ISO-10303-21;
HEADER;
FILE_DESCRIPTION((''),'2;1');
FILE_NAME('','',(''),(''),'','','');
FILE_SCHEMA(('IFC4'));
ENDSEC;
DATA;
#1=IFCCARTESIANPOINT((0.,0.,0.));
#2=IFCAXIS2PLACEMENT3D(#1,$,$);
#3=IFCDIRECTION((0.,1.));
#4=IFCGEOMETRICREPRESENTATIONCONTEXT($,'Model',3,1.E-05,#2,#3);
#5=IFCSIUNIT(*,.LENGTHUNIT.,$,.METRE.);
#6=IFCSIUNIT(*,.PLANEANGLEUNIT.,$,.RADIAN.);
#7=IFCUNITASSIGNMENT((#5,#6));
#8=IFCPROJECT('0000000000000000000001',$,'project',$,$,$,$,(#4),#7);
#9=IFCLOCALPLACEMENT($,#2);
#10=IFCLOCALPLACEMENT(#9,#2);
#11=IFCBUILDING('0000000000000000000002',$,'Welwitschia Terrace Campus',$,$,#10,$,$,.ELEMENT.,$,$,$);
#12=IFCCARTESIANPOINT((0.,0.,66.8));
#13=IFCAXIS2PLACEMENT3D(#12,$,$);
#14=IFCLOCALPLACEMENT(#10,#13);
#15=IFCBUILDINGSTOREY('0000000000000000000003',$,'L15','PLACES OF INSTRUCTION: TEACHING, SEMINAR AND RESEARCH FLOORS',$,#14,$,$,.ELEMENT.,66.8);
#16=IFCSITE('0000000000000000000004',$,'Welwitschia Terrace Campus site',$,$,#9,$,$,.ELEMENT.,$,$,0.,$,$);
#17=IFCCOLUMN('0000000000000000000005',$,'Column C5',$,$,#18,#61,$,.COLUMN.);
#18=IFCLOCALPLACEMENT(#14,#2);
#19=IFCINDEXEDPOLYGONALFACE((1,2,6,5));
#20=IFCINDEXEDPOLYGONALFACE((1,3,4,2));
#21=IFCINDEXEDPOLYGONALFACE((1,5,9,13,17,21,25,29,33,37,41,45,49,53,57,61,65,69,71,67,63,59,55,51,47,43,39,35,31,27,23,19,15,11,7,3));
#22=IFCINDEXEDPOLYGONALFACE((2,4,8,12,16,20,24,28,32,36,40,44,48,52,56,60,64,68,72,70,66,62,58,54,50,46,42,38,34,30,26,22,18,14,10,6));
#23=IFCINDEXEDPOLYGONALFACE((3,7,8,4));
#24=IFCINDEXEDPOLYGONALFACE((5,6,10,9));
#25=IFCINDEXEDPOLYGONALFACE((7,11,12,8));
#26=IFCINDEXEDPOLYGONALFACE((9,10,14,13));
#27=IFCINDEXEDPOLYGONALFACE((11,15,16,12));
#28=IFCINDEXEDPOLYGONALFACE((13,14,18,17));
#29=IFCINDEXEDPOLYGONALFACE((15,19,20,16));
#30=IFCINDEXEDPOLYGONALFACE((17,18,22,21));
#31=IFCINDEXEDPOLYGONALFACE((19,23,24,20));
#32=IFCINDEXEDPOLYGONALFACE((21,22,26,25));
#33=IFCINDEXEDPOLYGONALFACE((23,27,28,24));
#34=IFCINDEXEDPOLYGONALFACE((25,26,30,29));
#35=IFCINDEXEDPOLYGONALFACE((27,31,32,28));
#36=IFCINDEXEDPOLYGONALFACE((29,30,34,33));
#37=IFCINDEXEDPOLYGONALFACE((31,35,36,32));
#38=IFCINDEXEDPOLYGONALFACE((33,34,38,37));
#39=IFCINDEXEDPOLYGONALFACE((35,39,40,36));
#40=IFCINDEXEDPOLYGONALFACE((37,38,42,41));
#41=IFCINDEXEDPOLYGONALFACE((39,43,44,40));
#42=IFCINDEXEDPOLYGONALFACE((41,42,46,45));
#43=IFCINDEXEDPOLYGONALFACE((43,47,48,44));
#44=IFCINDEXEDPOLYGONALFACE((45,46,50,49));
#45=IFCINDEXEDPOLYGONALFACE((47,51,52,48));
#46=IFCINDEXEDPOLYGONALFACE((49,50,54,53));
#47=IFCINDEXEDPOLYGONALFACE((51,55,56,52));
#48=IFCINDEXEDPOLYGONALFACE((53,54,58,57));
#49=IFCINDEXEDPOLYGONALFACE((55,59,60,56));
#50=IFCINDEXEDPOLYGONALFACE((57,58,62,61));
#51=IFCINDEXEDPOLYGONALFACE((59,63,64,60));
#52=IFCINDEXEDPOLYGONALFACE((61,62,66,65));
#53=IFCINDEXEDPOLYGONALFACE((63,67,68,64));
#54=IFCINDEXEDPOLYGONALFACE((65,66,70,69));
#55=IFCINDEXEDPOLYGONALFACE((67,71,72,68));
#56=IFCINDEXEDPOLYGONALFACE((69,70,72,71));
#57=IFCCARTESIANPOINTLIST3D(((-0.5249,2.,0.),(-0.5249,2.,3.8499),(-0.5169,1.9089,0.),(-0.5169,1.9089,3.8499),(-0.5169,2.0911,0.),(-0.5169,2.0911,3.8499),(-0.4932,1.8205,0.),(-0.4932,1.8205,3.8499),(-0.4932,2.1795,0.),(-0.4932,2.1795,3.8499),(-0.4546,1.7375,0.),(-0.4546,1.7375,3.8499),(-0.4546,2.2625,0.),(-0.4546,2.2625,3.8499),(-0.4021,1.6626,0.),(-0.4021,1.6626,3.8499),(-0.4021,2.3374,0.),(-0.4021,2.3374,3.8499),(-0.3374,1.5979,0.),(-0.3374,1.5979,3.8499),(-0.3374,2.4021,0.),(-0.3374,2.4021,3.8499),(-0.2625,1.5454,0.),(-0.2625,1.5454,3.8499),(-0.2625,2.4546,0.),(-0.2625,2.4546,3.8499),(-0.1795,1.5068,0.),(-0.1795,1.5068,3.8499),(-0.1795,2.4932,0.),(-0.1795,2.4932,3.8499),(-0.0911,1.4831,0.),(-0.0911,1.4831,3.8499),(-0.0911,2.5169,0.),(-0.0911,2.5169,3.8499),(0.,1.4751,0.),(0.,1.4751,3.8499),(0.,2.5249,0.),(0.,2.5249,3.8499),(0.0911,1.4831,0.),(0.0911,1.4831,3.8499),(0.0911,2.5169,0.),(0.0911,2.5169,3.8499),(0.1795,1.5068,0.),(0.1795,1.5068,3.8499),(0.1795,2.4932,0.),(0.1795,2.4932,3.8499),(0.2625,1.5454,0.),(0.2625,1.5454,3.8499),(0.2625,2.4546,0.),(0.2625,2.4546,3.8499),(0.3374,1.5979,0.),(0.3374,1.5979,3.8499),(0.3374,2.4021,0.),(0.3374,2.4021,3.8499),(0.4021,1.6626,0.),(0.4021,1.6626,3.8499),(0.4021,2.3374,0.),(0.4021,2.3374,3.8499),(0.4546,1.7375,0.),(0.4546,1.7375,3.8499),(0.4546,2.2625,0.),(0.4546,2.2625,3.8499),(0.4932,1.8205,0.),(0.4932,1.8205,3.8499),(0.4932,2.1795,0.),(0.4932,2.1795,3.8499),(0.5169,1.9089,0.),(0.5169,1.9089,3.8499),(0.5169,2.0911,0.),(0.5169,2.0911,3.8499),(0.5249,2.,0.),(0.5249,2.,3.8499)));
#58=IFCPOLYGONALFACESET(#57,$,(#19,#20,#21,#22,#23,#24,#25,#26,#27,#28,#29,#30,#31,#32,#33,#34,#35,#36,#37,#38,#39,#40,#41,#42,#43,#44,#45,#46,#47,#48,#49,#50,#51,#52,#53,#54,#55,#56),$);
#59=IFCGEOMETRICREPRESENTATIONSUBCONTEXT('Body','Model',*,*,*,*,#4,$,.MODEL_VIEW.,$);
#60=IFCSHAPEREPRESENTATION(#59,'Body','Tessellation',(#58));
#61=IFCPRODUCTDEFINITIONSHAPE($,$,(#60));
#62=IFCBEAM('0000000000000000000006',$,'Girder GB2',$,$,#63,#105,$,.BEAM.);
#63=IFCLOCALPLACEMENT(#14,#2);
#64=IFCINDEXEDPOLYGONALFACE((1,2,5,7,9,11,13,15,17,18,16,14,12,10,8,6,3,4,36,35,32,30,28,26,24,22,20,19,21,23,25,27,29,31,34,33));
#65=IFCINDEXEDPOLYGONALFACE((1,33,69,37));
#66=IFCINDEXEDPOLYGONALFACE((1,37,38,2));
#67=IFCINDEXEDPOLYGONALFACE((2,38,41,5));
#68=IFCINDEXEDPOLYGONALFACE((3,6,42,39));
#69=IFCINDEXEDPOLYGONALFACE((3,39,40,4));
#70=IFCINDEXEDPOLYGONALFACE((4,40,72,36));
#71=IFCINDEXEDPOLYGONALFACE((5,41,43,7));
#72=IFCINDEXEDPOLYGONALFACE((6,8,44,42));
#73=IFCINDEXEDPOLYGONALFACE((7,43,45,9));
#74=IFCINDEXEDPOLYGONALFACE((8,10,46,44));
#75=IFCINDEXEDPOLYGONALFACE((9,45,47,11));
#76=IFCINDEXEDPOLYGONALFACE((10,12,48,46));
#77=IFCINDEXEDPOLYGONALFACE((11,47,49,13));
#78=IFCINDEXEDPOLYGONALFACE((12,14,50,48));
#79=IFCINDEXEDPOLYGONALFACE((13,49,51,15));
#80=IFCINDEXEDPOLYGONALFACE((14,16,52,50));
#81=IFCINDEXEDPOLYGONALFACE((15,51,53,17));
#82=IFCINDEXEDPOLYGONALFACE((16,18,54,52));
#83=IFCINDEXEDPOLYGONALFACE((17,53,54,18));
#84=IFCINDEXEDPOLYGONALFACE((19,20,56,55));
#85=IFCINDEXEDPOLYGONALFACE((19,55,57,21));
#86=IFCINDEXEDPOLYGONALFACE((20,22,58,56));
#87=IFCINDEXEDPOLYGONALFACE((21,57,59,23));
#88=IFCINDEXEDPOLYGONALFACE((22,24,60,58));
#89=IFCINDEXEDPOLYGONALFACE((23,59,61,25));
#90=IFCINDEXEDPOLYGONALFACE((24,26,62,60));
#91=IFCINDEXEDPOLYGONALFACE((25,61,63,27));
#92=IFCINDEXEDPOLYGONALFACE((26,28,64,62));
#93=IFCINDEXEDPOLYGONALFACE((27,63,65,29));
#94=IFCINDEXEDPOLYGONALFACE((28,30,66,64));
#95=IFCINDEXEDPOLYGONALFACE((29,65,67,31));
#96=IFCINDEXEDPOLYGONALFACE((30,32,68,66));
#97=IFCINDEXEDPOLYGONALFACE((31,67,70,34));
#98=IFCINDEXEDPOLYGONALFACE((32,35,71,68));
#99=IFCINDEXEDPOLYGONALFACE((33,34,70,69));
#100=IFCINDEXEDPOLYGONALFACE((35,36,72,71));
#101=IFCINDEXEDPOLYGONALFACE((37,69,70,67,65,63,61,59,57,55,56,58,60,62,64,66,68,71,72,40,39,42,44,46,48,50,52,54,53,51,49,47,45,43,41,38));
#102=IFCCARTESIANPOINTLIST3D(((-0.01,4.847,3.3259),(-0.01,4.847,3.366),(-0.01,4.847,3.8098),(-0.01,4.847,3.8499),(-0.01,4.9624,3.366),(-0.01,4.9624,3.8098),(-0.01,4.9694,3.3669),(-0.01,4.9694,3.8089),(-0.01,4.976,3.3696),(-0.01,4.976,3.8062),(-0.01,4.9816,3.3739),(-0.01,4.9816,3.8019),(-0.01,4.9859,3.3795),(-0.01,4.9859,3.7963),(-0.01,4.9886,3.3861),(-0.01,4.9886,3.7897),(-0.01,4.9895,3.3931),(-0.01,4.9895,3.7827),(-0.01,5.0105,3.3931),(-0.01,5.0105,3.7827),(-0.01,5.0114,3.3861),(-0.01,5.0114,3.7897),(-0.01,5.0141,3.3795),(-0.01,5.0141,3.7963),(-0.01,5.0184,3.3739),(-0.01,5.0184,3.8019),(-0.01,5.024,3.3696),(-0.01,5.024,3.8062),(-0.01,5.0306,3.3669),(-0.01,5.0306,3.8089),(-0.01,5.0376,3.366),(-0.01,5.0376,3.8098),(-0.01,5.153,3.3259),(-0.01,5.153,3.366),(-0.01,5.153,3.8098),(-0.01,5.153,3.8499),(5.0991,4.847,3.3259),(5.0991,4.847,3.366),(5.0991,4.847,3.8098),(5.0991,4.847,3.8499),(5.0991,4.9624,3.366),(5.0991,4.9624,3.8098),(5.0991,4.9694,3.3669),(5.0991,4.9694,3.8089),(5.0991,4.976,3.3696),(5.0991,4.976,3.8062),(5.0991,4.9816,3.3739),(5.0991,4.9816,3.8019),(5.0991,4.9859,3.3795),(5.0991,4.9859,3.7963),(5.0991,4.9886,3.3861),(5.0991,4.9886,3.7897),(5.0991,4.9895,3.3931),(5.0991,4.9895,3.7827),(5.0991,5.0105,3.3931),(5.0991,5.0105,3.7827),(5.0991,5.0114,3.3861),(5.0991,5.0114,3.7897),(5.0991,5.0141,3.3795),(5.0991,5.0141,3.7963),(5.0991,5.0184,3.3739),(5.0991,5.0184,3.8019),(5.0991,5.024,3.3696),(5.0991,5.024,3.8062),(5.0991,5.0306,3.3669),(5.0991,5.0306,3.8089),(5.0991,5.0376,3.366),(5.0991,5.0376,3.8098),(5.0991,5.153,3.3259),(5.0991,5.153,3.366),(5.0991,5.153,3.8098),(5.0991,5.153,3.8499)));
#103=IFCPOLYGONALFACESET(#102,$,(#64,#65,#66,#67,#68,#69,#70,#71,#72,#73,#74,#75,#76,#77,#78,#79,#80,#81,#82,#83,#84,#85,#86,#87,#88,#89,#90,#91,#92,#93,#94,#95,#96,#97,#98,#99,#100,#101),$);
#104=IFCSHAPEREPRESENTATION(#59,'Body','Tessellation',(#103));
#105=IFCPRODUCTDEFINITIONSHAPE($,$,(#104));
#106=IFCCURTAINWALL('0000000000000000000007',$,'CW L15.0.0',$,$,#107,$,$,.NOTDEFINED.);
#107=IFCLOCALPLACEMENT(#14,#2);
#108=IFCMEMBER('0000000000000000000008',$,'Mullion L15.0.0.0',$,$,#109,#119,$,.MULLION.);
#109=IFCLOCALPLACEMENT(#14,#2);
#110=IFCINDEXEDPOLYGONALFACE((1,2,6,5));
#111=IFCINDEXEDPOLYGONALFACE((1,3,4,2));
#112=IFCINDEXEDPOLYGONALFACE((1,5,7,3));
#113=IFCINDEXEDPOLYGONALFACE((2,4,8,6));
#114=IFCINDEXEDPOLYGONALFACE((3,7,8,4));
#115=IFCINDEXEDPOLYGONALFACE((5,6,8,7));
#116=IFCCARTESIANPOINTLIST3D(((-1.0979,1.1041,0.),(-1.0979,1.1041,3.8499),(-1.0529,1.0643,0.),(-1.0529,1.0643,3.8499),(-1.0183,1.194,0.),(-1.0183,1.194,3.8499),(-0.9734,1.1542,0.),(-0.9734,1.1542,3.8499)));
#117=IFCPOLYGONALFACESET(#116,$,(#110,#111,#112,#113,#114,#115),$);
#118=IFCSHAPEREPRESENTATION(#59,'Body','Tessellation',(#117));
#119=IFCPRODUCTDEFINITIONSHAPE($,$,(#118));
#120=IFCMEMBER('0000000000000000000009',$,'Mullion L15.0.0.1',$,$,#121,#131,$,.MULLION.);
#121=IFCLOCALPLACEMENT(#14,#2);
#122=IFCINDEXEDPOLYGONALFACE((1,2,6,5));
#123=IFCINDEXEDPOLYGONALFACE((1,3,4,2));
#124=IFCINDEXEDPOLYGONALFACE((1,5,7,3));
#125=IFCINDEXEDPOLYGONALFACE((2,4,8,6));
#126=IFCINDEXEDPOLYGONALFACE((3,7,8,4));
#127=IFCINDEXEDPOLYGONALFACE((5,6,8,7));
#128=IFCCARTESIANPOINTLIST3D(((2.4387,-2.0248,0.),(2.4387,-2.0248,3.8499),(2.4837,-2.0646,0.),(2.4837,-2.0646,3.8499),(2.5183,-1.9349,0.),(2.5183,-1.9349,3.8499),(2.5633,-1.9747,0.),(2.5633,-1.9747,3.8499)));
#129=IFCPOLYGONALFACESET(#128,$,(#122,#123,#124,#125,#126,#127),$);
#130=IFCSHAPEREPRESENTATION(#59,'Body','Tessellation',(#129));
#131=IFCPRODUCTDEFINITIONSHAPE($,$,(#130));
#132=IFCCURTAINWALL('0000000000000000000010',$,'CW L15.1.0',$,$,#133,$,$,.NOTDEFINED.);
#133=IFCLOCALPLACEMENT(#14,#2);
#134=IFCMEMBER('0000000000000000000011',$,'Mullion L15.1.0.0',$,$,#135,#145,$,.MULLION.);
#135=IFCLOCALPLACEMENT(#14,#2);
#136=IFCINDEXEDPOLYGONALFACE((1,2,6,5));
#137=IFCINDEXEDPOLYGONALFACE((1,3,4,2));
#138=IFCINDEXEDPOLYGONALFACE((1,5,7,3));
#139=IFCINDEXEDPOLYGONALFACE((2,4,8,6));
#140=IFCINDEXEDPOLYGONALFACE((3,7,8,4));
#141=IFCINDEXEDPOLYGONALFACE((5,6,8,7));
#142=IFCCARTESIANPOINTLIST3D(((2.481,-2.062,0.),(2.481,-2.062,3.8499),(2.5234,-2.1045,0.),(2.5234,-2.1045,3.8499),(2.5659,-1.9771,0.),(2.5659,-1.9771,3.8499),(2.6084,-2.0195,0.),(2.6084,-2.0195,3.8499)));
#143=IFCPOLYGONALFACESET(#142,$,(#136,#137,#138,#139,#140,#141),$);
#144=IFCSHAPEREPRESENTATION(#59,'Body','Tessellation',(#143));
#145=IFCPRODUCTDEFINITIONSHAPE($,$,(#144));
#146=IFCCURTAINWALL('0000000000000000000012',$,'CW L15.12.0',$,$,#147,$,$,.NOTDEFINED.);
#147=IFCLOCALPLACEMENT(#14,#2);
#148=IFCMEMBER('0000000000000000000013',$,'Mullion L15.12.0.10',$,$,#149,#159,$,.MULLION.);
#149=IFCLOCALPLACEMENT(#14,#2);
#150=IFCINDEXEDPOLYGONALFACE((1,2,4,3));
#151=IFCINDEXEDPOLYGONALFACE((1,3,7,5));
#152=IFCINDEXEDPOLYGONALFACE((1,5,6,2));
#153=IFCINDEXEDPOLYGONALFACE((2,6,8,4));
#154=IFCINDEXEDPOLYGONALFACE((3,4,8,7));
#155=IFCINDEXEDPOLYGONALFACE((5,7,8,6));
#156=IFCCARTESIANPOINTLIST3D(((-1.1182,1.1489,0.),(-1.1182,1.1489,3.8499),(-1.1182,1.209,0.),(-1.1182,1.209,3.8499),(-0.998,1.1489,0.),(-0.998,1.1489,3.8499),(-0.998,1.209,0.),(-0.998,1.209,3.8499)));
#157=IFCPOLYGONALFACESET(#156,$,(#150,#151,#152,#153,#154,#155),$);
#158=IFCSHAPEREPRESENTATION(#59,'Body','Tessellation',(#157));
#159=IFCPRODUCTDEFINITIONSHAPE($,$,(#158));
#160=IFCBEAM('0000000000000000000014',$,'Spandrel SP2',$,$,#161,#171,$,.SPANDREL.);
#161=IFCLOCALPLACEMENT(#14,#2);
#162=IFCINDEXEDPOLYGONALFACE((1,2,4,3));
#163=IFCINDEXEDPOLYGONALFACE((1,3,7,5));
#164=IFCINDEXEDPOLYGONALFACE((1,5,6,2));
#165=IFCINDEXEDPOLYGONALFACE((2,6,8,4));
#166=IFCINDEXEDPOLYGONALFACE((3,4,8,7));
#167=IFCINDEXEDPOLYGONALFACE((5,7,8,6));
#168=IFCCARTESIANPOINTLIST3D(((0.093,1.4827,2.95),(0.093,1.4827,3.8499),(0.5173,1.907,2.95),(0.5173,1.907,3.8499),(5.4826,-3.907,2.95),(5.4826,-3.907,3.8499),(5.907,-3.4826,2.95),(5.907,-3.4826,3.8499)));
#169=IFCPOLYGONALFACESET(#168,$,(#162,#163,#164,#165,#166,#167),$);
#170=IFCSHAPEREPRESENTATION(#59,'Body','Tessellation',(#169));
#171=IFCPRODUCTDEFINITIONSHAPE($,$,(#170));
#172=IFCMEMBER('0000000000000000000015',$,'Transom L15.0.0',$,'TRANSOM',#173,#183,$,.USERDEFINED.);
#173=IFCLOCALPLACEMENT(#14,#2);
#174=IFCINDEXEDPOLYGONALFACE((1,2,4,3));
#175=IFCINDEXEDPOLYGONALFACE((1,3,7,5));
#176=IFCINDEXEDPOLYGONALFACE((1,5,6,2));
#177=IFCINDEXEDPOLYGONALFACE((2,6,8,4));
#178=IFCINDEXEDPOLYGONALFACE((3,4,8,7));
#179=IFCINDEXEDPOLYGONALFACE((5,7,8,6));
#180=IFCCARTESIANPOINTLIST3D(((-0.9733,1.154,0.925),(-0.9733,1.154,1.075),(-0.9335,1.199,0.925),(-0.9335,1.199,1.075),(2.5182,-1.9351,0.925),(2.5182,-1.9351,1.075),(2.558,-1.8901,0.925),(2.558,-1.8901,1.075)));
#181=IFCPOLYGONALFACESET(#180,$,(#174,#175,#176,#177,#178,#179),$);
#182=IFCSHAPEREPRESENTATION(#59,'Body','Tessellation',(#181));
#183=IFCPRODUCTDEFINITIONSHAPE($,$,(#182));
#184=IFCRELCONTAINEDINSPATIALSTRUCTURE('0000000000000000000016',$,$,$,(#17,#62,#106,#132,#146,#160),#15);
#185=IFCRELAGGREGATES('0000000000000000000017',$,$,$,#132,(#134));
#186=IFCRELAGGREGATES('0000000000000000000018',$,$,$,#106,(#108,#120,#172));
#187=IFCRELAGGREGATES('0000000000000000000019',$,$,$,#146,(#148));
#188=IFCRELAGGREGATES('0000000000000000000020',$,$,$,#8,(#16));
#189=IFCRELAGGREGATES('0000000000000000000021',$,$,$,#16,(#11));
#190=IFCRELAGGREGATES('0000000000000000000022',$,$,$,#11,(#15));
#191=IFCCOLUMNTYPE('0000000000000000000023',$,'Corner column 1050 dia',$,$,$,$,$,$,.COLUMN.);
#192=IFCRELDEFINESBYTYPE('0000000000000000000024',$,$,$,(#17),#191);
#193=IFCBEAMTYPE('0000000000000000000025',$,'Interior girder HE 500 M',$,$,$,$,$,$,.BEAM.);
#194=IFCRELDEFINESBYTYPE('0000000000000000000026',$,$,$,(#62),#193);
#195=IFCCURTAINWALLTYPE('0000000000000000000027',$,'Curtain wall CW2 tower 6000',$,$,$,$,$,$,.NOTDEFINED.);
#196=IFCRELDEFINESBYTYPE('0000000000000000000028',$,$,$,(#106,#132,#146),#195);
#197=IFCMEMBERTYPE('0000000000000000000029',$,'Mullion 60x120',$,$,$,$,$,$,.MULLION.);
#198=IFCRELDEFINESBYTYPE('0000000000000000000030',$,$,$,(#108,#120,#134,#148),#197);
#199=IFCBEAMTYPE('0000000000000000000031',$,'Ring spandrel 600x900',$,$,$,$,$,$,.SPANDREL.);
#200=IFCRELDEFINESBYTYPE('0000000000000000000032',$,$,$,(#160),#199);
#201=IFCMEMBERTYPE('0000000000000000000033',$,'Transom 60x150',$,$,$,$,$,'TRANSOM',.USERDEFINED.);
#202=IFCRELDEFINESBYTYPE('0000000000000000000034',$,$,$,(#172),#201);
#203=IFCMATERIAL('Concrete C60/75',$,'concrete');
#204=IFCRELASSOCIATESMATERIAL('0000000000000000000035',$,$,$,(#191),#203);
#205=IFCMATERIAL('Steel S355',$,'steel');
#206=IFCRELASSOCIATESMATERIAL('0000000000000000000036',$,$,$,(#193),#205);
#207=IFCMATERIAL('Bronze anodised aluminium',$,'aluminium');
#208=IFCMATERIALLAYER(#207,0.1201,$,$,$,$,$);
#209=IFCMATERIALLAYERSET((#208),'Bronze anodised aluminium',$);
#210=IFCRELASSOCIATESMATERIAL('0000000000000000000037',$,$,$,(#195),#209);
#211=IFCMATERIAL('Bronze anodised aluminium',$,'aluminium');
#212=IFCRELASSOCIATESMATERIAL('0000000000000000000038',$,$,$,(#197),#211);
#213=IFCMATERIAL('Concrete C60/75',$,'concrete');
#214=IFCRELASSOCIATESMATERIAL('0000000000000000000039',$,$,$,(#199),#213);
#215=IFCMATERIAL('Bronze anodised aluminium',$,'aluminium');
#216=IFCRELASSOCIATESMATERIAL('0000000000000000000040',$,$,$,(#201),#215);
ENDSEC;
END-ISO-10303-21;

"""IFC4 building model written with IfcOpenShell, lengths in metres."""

from ifc_helpers import new_model, si_unit, direction, frame, origin, origin_2d, place, context, subcontext, project, spatial, rectangle, circle, i_section, extrude, material, layer, layer_set, material_profile, profile_set, type_object, element, aggregate, save


model = new_model("IFC4")

# Units and contexts
model_context = context("Model", 3, precision=1e-05, world=origin(), true_north=direction((0.0, 1.0)))
body_context = subcontext(model_context, "Body", "Model", "MODEL_VIEW")
ifc_project = project(units=[si_unit("LENGTHUNIT", "METRE"), si_unit("PLANEANGLEUNIT", "RADIAN")], contexts=[model_context])

# Site, building, storey
site_placement = place(None, origin())
site = spatial("IfcSite", under=ifc_project, at=site_placement, Name="Welwitschia Terrace Campus site", CompositionType="ELEMENT", RefElevation=0.0)
building_placement = place(site_placement, origin())
building = spatial("IfcBuilding", under=site, at=building_placement, Name="Welwitschia Terrace Campus", CompositionType="ELEMENT")
storey_placement = place(building_placement, frame((0.0, 0.0, 66.8)))
storey = spatial("IfcBuildingStorey", under=building, at=storey_placement, Name="L15", Description="PLACES OF INSTRUCTION: TEACHING, SEMINAR AND RESEARCH FLOORS", CompositionType="ELEMENT", Elevation=66.8)

# Column
ifc_material_1 = material(Name="Concrete C60/75", Category="concrete")
ifc_material_profile_1 = material_profile(ifc_material_1, circle(Radius=0.5249, at=origin_2d()))
ifc_profile_set_1 = profile_set([ifc_material_profile_1], Name="Concrete C60/75")
column_type = type_object("IfcColumnType", Name="Corner column 1050 dia", PredefinedType="COLUMN", material=ifc_profile_set_1)
column_placement = place(storey_placement, frame((0.0, 2.0, 0.0), z_axis=(0.0, 0.0, 1.0), x_axis=(1.0, 0.0, 0.0)))
element("IfcColumn", 1, at=column_placement, inside=storey, type_object=column_type, Name="Column C5", PredefinedType="COLUMN", context=body_context, shape_type="SweptSolid", body=[
    extrude(circle(Radius=0.5249, at=origin_2d()), origin(), (0.0, 0.0, 1.0), 3.8499),
])

# Beam
ifc_material_2 = material(Name="Steel S355", Category="steel")
ifc_material_profile_2 = material_profile(ifc_material_2, i_section(OverallWidth=0.3059, OverallDepth=0.5239, WebThickness=0.021, FlangeThickness=0.04, FilletRadius=0.0271, at=origin_2d()))
ifc_profile_set_2 = profile_set([ifc_material_profile_2], Name="Steel S355")
beam_type_1 = type_object("IfcBeamType", Name="Interior girder HE 500 M", PredefinedType="BEAM", material=ifc_profile_set_2)
beam_1_placement = place(storey_placement, frame((-0.01, 5.0, 3.5879), z_axis=(1.0, 0.0, 0.0), x_axis=(0.0, 1.0, 0.0)))
element("IfcBeam", 2, at=beam_1_placement, inside=storey, type_object=beam_type_1, Name="Girder GB2", PredefinedType="BEAM", context=body_context, shape_type="SweptSolid", body=[
    extrude(i_section(OverallWidth=0.3059, OverallDepth=0.5239, WebThickness=0.021, FlangeThickness=0.04, FilletRadius=0.0271, at=origin_2d()), origin(), (0.0, 0.0, 1.0), 5.1091),
])

# Curtain wall, members
ifc_material_3 = material(Name="Bronze anodised aluminium", Category="aluminium")
ifc_layer_1 = layer(ifc_material_3, 0.1201)
ifc_layer_set_1 = layer_set([ifc_layer_1], Name="Bronze anodised aluminium")
curtain_wall_type = type_object("IfcCurtainWallType", Name="Curtain wall CW2 tower 6000", PredefinedType="NOTDEFINED", material=ifc_layer_set_1)
curtain_wall_1_placement = place(storey_placement, origin())
curtain_wall_1 = element("IfcCurtainWall", 3, at=curtain_wall_1_placement, inside=storey, type_object=curtain_wall_type, Name="CW L15.0.0", PredefinedType="NOTDEFINED")
ifc_material_4 = material(Name="Bronze anodised aluminium", Category="aluminium")
ifc_material_profile_3 = material_profile(ifc_material_4, rectangle(XDim=0.1201, YDim=0.0601, at=origin_2d()))
ifc_profile_set_3 = profile_set([ifc_material_profile_3], Name="Bronze anodised aluminium")
member_type_1 = type_object("IfcMemberType", Name="Mullion 60x120", PredefinedType="MULLION", material=ifc_profile_set_3)
member_1_placement = place(storey_placement, frame((-1.0356, 1.1292, 0.0), z_axis=(0.0, 0.0, 1.0), x_axis=(0.66262, 0.748956, 0.0)))
member_1 = element("IfcMember", 4, at=member_1_placement, type_object=member_type_1, Name="Mullion L15.0.0.0", PredefinedType="MULLION", context=body_context, shape_type="SweptSolid", body=[
    extrude(rectangle(XDim=0.1201, YDim=0.0601, at=origin_2d()), origin(), (0.0, 0.0, 1.0), 3.8499),
])
member_2_placement = place(storey_placement, frame((2.501, -1.9998, 0.0), z_axis=(0.0, 0.0, 1.0), x_axis=(0.66262, 0.748956, 0.0)))
member_2 = element("IfcMember", 5, at=member_2_placement, type_object=member_type_1, Name="Mullion L15.0.0.1", PredefinedType="MULLION", context=body_context, shape_type="SweptSolid", body=[
    extrude(rectangle(XDim=0.1201, YDim=0.0601, at=origin_2d()), origin(), (0.0, 0.0, 1.0), 3.8499),
])

# Curtain walls, members
curtain_wall_2_placement = place(storey_placement, origin())
curtain_wall_2 = element("IfcCurtainWall", 6, at=curtain_wall_2_placement, inside=storey, type_object=curtain_wall_type, Name="CW L15.1.0", PredefinedType="NOTDEFINED")
member_3_placement = place(storey_placement, frame((2.5447, -2.0408, 0.0), z_axis=(0.0, 0.0, 1.0), x_axis=(0.707107, 0.707107, 0.0)))
member_3 = element("IfcMember", 7, at=member_3_placement, type_object=member_type_1, Name="Mullion L15.1.0.0", PredefinedType="MULLION", context=body_context, shape_type="SweptSolid", body=[
    extrude(rectangle(XDim=0.1201, YDim=0.0601, at=origin_2d()), origin(), (0.0, 0.0, 1.0), 3.8499),
])
aggregate(curtain_wall_2, [member_3])
curtain_wall_3_placement = place(storey_placement, origin())
curtain_wall_3 = element("IfcCurtainWall", 8, at=curtain_wall_3_placement, inside=storey, type_object=curtain_wall_type, Name="CW L15.12.0", PredefinedType="NOTDEFINED")
member_4_placement = place(storey_placement, frame((-1.0581, 1.179, 0.0), z_axis=(0.0, 0.0, 1.0), x_axis=(1.0, 0.0, 0.0)))
member_4 = element("IfcMember", 9, at=member_4_placement, type_object=member_type_1, Name="Mullion L15.12.0.10", PredefinedType="MULLION", context=body_context, shape_type="SweptSolid", body=[
    extrude(rectangle(XDim=0.1201, YDim=0.0601, at=origin_2d()), origin(), (0.0, 0.0, 1.0), 3.8499),
])

# Beam
ifc_material_5 = material(Name="Concrete C60/75", Category="concrete")
ifc_material_profile_4 = material_profile(ifc_material_5, rectangle(XDim=0.6001, YDim=0.8999, at=origin_2d()))
ifc_profile_set_4 = profile_set([ifc_material_profile_4], Name="Concrete C60/75")
beam_type_2 = type_object("IfcBeamType", Name="Ring spandrel 600x900", PredefinedType="SPANDREL", material=ifc_profile_set_4)
beam_2_placement = place(storey_placement, frame((0.3052, 1.6948, 3.3999), z_axis=(0.707107, -0.707107, 0.0), x_axis=(0.707107, 0.707107, 0.0)))
element("IfcBeam", 10, at=beam_2_placement, inside=storey, type_object=beam_type_2, Name="Spandrel SP2", PredefinedType="SPANDREL", context=body_context, shape_type="SweptSolid", body=[
    extrude(rectangle(XDim=0.6001, YDim=0.8999, at=origin_2d()), origin(), (0.0, 0.0, 1.0), 7.6221),
])

# Member
ifc_material_6 = material(Name="Bronze anodised aluminium", Category="aluminium")
ifc_material_profile_5 = material_profile(ifc_material_6, rectangle(XDim=0.0601, YDim=0.1499, at=origin_2d()))
ifc_profile_set_5 = profile_set([ifc_material_profile_5], Name="Bronze anodised aluminium")
member_type_2 = type_object("IfcMemberType", Name="Transom 60x150", ElementType="TRANSOM", PredefinedType="USERDEFINED", material=ifc_profile_set_5)
member_5_placement = place(storey_placement, frame((-0.9534, 1.1765, 1.0), z_axis=(0.748942, -0.662636, 0.0), x_axis=(0.662636, 0.748942, 0.0)))
member_5 = element("IfcMember", 11, at=member_5_placement, type_object=member_type_2, Name="Transom L15.0.0", ObjectType="TRANSOM", PredefinedType="USERDEFINED", context=body_context, shape_type="SweptSolid", body=[
    extrude(rectangle(XDim=0.0601, YDim=0.1499, at=origin_2d()), origin(), (0.0, 0.0, 1.0), 4.6619),
])

aggregate(curtain_wall_1, [member_1, member_2, member_5])
aggregate(curtain_wall_3, [member_4])

save(model, "model.ifc")
